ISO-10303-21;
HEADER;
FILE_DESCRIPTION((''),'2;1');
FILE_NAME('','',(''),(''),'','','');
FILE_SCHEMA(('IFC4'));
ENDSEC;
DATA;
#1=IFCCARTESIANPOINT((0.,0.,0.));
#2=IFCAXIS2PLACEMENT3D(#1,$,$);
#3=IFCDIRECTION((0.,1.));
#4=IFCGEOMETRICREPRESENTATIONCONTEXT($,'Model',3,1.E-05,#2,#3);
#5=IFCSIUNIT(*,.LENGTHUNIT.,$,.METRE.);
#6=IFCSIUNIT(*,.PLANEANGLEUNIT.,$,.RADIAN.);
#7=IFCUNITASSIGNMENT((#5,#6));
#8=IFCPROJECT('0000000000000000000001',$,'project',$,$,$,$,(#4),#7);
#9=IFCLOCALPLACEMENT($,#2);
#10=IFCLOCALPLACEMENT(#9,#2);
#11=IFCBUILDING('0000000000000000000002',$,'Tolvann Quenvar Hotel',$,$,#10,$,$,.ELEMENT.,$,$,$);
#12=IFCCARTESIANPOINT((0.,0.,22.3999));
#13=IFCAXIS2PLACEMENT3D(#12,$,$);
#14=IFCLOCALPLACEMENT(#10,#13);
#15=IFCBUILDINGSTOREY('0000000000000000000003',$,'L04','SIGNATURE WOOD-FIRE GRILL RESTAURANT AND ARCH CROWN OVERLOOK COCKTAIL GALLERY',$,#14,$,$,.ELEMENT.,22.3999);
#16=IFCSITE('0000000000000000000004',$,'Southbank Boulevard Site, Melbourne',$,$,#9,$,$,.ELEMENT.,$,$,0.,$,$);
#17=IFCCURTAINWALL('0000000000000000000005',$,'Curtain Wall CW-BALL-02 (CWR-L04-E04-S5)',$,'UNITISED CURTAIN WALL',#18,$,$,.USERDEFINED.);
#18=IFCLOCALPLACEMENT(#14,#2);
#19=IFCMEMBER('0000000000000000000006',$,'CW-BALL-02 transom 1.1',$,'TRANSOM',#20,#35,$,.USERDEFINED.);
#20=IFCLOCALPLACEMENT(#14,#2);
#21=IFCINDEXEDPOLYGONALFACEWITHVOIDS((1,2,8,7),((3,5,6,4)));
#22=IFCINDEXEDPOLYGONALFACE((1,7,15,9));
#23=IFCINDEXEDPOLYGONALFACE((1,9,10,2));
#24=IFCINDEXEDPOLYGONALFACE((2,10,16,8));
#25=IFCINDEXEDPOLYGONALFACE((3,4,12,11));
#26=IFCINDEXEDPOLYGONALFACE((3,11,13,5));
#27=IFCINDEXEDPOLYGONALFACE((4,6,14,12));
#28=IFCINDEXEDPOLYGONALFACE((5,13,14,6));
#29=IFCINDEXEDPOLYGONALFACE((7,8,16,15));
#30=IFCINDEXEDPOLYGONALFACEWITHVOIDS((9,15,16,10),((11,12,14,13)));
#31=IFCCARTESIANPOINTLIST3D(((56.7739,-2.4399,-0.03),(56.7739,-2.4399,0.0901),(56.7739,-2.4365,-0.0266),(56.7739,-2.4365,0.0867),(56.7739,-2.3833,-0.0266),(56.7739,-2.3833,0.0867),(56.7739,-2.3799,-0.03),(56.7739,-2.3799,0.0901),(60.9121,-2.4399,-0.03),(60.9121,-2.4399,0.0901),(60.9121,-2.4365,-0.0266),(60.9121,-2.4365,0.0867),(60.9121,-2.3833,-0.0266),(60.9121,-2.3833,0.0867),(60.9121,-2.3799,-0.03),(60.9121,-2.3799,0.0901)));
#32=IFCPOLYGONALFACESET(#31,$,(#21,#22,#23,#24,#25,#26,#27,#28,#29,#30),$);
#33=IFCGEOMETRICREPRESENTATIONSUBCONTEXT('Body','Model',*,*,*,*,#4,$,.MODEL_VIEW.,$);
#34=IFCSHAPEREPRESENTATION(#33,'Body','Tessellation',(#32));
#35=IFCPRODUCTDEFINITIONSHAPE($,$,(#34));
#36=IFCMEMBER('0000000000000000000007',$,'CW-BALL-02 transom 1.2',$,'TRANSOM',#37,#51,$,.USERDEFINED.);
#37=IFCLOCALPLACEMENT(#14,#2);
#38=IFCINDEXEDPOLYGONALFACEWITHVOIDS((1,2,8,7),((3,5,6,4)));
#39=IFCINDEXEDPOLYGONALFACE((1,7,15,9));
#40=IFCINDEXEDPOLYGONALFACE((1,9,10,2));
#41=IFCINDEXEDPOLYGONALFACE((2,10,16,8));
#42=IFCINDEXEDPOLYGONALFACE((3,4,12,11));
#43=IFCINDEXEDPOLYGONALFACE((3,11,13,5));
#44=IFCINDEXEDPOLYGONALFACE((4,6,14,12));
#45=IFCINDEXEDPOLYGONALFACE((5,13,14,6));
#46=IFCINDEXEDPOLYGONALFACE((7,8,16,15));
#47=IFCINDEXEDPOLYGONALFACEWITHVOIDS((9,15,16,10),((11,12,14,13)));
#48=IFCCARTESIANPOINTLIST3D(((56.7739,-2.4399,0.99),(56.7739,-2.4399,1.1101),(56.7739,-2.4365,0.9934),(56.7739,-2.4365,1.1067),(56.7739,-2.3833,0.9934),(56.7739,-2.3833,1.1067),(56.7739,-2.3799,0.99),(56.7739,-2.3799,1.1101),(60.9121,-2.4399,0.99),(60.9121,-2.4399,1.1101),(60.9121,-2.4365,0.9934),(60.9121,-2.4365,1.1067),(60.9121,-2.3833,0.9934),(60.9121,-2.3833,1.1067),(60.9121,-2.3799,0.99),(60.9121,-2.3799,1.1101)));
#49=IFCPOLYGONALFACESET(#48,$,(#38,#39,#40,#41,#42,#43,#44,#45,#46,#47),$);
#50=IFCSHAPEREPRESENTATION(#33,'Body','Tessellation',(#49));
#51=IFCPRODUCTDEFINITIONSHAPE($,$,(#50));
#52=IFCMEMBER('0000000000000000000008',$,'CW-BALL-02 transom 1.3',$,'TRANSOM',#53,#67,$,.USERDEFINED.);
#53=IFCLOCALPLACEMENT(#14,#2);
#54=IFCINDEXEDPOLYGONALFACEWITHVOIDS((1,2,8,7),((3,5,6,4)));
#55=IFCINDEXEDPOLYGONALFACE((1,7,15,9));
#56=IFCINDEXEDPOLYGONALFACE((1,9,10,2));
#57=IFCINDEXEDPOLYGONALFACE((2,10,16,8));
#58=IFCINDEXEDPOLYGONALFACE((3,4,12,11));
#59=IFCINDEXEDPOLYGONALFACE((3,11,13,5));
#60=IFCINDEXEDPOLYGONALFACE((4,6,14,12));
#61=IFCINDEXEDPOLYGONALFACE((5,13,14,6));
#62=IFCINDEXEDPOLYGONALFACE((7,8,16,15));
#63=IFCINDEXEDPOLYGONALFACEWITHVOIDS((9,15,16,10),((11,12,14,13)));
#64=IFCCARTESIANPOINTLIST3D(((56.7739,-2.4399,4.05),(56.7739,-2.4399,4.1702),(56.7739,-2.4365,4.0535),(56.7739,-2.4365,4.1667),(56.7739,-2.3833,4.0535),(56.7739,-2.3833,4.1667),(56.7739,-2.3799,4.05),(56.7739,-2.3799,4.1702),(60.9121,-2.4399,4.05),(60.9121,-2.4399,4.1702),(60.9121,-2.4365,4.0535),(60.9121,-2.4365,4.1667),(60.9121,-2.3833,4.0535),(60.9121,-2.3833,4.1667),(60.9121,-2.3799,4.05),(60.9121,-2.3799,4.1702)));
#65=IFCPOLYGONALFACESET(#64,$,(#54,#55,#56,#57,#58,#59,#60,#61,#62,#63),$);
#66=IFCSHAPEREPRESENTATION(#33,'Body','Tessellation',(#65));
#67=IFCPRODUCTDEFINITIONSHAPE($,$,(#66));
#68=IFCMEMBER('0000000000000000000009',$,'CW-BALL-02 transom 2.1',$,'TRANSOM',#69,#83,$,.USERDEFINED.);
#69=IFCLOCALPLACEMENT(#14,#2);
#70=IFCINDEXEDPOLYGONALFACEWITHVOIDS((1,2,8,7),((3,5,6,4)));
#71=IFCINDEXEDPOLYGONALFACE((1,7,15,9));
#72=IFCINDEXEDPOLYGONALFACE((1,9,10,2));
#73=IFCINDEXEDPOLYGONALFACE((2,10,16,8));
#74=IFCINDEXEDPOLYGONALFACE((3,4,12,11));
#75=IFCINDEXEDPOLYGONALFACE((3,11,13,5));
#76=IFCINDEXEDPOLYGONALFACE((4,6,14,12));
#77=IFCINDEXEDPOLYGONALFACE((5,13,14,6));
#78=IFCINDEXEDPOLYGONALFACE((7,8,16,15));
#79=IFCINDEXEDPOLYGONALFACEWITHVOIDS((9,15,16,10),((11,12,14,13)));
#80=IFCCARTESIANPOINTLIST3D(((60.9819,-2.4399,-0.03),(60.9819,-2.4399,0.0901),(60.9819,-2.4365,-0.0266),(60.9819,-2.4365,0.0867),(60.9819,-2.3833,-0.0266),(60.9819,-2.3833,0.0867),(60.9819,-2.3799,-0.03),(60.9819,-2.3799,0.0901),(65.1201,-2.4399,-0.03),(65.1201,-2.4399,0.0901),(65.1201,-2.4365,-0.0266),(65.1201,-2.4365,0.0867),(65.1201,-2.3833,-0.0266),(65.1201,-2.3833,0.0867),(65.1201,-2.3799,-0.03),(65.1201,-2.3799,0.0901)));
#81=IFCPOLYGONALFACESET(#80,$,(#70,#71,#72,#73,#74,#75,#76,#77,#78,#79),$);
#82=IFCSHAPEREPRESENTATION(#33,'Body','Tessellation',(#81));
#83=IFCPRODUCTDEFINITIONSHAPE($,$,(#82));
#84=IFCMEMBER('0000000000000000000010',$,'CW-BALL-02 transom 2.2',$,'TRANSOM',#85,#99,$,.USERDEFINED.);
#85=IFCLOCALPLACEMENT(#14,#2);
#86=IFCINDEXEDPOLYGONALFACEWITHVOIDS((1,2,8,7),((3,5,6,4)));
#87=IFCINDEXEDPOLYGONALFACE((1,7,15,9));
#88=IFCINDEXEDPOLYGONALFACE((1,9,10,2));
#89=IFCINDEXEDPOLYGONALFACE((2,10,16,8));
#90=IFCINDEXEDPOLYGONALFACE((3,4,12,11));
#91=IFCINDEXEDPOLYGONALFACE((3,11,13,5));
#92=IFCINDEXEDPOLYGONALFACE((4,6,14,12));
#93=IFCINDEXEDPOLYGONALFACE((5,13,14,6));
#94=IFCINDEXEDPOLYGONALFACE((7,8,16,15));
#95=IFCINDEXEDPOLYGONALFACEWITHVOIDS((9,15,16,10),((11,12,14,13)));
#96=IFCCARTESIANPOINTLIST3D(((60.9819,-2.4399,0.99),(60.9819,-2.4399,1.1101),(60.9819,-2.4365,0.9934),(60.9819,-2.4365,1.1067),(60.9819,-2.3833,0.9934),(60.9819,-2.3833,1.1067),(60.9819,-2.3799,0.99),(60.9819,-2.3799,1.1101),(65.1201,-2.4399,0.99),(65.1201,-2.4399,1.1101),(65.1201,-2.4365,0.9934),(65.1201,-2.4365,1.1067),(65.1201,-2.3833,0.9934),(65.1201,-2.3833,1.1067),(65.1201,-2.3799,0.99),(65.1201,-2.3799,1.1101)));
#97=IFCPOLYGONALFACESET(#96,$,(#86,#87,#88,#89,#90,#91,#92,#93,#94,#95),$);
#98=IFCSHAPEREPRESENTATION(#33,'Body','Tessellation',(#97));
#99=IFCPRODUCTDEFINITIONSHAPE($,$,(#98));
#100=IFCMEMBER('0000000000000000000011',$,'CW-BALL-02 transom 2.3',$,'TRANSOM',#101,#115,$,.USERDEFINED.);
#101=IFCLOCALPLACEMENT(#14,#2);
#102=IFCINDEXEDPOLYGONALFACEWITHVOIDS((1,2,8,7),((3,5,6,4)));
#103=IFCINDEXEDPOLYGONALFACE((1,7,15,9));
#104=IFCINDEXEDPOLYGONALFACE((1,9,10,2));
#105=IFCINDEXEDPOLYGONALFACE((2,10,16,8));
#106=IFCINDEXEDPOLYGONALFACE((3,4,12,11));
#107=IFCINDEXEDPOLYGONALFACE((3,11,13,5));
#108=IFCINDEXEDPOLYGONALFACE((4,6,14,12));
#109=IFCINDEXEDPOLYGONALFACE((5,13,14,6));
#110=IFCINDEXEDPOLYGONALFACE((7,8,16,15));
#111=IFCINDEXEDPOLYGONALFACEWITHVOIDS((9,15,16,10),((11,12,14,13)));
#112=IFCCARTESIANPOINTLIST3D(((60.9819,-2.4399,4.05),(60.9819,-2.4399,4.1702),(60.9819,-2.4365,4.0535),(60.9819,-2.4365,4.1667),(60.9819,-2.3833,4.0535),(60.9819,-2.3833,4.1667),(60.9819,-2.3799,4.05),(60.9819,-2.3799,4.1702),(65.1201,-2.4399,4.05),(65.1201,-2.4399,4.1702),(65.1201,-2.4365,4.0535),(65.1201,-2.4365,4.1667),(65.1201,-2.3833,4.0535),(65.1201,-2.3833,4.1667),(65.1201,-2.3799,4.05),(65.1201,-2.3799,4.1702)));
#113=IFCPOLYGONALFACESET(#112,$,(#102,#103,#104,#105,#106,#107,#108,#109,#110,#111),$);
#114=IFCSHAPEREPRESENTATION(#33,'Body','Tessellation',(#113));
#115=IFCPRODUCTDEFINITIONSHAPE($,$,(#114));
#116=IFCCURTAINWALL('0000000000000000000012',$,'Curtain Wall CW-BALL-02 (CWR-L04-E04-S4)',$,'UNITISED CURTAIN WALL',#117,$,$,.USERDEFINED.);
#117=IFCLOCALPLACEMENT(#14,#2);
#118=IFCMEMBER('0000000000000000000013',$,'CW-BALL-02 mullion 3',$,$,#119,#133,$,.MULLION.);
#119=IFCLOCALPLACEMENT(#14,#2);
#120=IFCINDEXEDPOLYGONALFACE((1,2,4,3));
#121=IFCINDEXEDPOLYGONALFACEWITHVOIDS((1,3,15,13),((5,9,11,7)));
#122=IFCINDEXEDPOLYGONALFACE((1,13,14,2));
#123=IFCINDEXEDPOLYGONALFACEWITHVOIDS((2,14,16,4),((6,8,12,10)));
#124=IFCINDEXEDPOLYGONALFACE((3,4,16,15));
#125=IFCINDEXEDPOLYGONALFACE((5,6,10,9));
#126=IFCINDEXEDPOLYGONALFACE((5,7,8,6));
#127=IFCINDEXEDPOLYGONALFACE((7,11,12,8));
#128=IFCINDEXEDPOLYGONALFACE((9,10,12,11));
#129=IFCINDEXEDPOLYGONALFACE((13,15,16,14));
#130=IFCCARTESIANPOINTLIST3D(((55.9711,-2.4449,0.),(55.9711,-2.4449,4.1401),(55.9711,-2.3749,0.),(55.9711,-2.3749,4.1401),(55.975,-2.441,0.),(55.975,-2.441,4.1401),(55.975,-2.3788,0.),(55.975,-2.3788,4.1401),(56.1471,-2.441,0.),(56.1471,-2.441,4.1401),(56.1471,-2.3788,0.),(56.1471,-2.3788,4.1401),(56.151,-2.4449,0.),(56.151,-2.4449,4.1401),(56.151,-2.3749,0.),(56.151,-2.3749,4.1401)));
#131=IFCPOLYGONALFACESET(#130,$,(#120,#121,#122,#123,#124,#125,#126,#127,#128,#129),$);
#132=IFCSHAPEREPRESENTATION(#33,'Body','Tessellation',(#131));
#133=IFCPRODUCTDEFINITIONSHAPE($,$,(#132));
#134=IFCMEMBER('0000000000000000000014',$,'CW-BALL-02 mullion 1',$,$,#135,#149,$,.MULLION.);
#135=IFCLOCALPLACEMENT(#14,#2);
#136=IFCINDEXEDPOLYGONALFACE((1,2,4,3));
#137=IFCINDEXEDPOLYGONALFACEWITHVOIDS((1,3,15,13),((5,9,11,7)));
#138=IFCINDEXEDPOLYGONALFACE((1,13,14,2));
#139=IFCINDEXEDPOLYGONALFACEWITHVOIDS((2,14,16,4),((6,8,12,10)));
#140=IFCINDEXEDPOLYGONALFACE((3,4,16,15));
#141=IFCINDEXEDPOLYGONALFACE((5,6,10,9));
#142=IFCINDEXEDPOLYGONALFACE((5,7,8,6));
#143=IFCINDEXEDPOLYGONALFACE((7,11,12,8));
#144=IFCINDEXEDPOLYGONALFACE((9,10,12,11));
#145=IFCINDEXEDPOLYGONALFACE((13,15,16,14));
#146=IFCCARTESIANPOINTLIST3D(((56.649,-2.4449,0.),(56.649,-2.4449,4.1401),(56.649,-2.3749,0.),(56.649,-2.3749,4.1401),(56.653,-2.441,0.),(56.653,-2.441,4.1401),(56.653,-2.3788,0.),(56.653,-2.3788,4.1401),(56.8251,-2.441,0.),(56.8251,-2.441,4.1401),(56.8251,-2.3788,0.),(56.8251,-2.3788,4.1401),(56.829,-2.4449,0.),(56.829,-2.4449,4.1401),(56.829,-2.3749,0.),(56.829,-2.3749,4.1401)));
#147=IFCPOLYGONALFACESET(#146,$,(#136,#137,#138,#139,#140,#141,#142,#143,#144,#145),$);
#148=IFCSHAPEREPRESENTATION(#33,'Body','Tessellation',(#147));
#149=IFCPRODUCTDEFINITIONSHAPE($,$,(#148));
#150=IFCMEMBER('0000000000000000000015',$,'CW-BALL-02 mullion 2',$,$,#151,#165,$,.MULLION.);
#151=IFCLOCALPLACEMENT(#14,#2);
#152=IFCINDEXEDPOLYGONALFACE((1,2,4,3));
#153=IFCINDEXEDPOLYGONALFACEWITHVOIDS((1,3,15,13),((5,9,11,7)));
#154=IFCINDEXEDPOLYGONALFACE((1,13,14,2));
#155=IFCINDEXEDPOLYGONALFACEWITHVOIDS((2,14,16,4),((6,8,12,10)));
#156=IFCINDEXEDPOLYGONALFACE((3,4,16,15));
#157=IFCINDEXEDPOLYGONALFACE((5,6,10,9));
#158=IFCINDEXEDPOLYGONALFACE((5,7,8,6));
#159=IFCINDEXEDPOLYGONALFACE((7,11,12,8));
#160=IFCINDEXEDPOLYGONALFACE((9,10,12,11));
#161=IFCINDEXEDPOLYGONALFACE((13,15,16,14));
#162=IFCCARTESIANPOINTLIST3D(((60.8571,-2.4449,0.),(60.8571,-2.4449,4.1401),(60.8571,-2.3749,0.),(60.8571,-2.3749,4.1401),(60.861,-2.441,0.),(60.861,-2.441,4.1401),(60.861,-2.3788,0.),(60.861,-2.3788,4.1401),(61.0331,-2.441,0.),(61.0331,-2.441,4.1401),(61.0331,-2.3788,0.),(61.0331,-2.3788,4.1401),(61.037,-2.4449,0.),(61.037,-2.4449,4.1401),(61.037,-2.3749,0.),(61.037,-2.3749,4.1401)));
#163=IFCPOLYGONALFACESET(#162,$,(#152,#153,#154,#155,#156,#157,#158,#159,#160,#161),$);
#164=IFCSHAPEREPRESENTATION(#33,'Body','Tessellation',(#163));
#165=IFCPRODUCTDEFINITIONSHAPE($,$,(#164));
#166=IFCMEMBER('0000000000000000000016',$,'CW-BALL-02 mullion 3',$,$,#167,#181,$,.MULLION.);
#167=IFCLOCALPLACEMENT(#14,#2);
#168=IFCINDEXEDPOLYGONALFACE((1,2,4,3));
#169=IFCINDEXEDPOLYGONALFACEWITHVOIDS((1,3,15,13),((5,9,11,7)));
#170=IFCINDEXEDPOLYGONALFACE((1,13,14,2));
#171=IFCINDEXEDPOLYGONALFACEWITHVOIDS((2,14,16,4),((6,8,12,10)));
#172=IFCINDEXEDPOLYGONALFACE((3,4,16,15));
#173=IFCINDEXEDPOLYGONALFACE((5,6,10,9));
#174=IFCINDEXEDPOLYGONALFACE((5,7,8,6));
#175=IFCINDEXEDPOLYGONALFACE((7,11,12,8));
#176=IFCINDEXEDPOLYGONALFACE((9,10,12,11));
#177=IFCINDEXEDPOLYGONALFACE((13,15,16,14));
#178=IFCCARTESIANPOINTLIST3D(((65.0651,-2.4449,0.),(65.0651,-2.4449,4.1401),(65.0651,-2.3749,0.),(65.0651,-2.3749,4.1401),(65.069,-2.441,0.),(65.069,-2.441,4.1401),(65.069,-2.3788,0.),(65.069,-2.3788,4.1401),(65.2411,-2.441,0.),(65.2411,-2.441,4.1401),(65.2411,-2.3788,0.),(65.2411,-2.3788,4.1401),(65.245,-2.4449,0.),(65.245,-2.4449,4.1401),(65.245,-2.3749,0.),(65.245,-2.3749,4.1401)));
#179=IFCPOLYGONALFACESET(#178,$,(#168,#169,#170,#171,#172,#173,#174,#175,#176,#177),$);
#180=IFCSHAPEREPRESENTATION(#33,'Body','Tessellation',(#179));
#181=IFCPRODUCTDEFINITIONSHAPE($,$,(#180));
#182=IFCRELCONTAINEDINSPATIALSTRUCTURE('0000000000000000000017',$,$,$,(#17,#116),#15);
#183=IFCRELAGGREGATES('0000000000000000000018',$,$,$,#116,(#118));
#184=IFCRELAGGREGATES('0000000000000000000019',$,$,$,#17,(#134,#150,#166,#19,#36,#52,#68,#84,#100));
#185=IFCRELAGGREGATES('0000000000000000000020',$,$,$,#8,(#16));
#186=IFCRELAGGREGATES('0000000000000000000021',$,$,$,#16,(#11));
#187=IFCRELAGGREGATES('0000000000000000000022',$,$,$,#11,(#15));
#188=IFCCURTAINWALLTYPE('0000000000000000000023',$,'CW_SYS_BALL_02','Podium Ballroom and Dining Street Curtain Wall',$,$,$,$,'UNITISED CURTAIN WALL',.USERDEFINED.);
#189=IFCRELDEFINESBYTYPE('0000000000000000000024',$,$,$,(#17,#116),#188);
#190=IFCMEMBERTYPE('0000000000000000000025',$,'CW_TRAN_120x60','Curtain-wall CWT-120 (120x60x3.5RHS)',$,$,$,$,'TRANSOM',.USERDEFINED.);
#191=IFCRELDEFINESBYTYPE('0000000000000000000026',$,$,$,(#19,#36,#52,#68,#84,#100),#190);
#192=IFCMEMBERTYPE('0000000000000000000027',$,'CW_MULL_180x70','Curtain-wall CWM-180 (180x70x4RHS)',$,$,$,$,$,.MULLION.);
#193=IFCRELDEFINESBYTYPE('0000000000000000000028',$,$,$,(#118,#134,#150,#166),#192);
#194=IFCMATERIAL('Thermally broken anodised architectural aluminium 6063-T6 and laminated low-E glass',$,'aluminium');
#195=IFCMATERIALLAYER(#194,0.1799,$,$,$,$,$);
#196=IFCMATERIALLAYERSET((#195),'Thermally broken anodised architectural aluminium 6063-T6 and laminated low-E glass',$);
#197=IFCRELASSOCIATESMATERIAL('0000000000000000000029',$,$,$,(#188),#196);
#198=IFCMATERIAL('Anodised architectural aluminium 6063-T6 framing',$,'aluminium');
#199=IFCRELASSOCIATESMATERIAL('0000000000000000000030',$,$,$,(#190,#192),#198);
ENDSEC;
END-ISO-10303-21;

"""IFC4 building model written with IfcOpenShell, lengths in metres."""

from ifc_helpers import new_model, si_unit, direction, frame, origin, origin_2d, place, context, subcontext, project, spatial, hollow_rectangle, extrude, source, transform, mapped, material, layer, layer_set, material_profile, profile_set, type_object, type_shapes, element, aggregate, save


model = new_model("IFC4")

# Units and contexts
model_context = context("Model", 3, precision=1e-05, world=origin(), true_north=direction((0.0, 1.0)))
body_context = subcontext(model_context, "Body", "Model", "MODEL_VIEW")
ifc_project = project(units=[si_unit("LENGTHUNIT", "METRE"), si_unit("PLANEANGLEUNIT", "RADIAN")], contexts=[model_context])

# Site, building, storey
site_placement = place(None, origin())
site = spatial("IfcSite", under=ifc_project, at=site_placement, Name="Southbank Boulevard Site, Melbourne", CompositionType="ELEMENT", RefElevation=0.0)
building_placement = place(site_placement, origin())
building = spatial("IfcBuilding", under=site, at=building_placement, Name="Tolvann Quenvar Hotel", CompositionType="ELEMENT")
storey_placement = place(building_placement, frame((0.0, 0.0, 22.3999)))
storey = spatial("IfcBuildingStorey", under=building, at=storey_placement, Name="L04", Description="SIGNATURE WOOD-FIRE GRILL RESTAURANT AND ARCH CROWN OVERLOOK COCKTAIL GALLERY", CompositionType="ELEMENT", Elevation=22.3999)

# Curtain wall, members
ifc_material_1 = material(Name="Thermally broken anodised architectural aluminium 6063-T6 and laminated low-E glass", Category="aluminium")
ifc_layer_1 = layer(ifc_material_1, 0.1799)
ifc_layer_set_1 = layer_set([ifc_layer_1], Name="Thermally broken anodised architectural aluminium 6063-T6 and laminated low-E glass")
curtain_wall_type = type_object("IfcCurtainWallType", Name="CW_SYS_BALL_02", Description="Podium Ballroom and Dining Street Curtain Wall", ElementType="UNITISED CURTAIN WALL", PredefinedType="USERDEFINED", material=ifc_layer_set_1)
curtain_wall_1_placement = place(storey_placement, origin())
curtain_wall_1 = element("IfcCurtainWall", 1, at=curtain_wall_1_placement, inside=storey, type_object=curtain_wall_type, Name="Curtain Wall CW-BALL-02 (CWR-L04-E04-S5)", ObjectType="UNITISED CURTAIN WALL", PredefinedType="USERDEFINED")
ifc_material_2 = material(Name="Anodised architectural aluminium 6063-T6 framing", Category="aluminium")
ifc_material_profile_1 = material_profile(ifc_material_2, hollow_rectangle(XDim=0.0601, YDim=0.1201, WallThickness=0.0034, at=origin_2d()), Name="120x60x3.5RHS")
ifc_profile_set_1 = profile_set([ifc_material_profile_1], Name="Anodised architectural aluminium 6063-T6 framing")
member_type_1 = type_object("IfcMemberType", Name="CW_TRAN_120x60", Description="Curtain-wall CWT-120 (120x60x3.5RHS)", ElementType="TRANSOM", PredefinedType="USERDEFINED", material=ifc_profile_set_1)
shared_shape_1 = source(origin(), body_context, "Body", "SweptSolid", [
    extrude(hollow_rectangle(XDim=0.0601, YDim=0.1201, WallThickness=0.0034, at=origin_2d()), origin(), (0.0, 0.0, 1.0), 4.1382),
])
type_shapes(member_type_1, [shared_shape_1])
member_1_placement = place(storey_placement, frame((56.7739, -2.4099, 0.03), z_axis=(1.0, 0.0, 0.0), x_axis=(0.0, 1.0, 0.0)))
member_1 = element("IfcMember", 2, at=member_1_placement, type_object=member_type_1, Name="CW-BALL-02 transom 1.1", ObjectType="TRANSOM", PredefinedType="USERDEFINED", context=body_context, shape_type="MappedRepresentation", body=[
    mapped(shared_shape_1, transform((0.0, 0.0, 0.0), x_axis=(1.0, 0.0, 0.0), y_axis=(0.0, 1.0, 0.0), z_axis=(0.0, 0.0, 1.0), scale=1.0)),
])
member_2_placement = place(storey_placement, frame((56.7739, -2.4099, 1.05), z_axis=(1.0, 0.0, 0.0), x_axis=(0.0, 1.0, 0.0)))
member_2 = element("IfcMember", 3, at=member_2_placement, type_object=member_type_1, Name="CW-BALL-02 transom 1.2", ObjectType="TRANSOM", PredefinedType="USERDEFINED", context=body_context, shape_type="MappedRepresentation", body=[
    mapped(shared_shape_1, transform((0.0, 0.0, 0.0), x_axis=(1.0, 0.0, 0.0), y_axis=(0.0, 1.0, 0.0), z_axis=(0.0, 0.0, 1.0), scale=1.0)),
])
member_3_placement = place(storey_placement, frame((56.7739, -2.4099, 4.1101), z_axis=(1.0, 0.0, 0.0), x_axis=(0.0, 1.0, 0.0)))
member_3 = element("IfcMember", 4, at=member_3_placement, type_object=member_type_1, Name="CW-BALL-02 transom 1.3", ObjectType="TRANSOM", PredefinedType="USERDEFINED", context=body_context, shape_type="MappedRepresentation", body=[
    mapped(shared_shape_1, transform((0.0, 0.0, 0.0), x_axis=(1.0, 0.0, 0.0), y_axis=(0.0, 1.0, 0.0), z_axis=(0.0, 0.0, 1.0), scale=1.0)),
])
member_4_placement = place(storey_placement, frame((60.9819, -2.4099, 0.03), z_axis=(1.0, 0.0, 0.0), x_axis=(0.0, 1.0, 0.0)))
member_4 = element("IfcMember", 5, at=member_4_placement, type_object=member_type_1, Name="CW-BALL-02 transom 2.1", ObjectType="TRANSOM", PredefinedType="USERDEFINED", context=body_context, shape_type="MappedRepresentation", body=[
    mapped(shared_shape_1, transform((0.0, 0.0, 0.0), x_axis=(1.0, 0.0, 0.0), y_axis=(0.0, 1.0, 0.0), z_axis=(0.0, 0.0, 1.0), scale=1.0)),
])
member_5_placement = place(storey_placement, frame((60.9819, -2.4099, 1.05), z_axis=(1.0, 0.0, 0.0), x_axis=(0.0, 1.0, 0.0)))
member_5 = element("IfcMember", 6, at=member_5_placement, type_object=member_type_1, Name="CW-BALL-02 transom 2.2", ObjectType="TRANSOM", PredefinedType="USERDEFINED", context=body_context, shape_type="MappedRepresentation", body=[
    mapped(shared_shape_1, transform((0.0, 0.0, 0.0), x_axis=(1.0, 0.0, 0.0), y_axis=(0.0, 1.0, 0.0), z_axis=(0.0, 0.0, 1.0), scale=1.0)),
])
member_6_placement = place(storey_placement, frame((60.9819, -2.4099, 4.1101), z_axis=(1.0, 0.0, 0.0), x_axis=(0.0, 1.0, 0.0)))
member_6 = element("IfcMember", 7, at=member_6_placement, type_object=member_type_1, Name="CW-BALL-02 transom 2.3", ObjectType="TRANSOM", PredefinedType="USERDEFINED", context=body_context, shape_type="MappedRepresentation", body=[
    mapped(shared_shape_1, transform((0.0, 0.0, 0.0), x_axis=(1.0, 0.0, 0.0), y_axis=(0.0, 1.0, 0.0), z_axis=(0.0, 0.0, 1.0), scale=1.0)),
])

# Curtain wall, member
curtain_wall_2_placement = place(storey_placement, origin())
curtain_wall_2 = element("IfcCurtainWall", 8, at=curtain_wall_2_placement, inside=storey, type_object=curtain_wall_type, Name="Curtain Wall CW-BALL-02 (CWR-L04-E04-S4)", ObjectType="UNITISED CURTAIN WALL", PredefinedType="USERDEFINED")
ifc_material_profile_2 = material_profile(ifc_material_2, hollow_rectangle(XDim=0.0701, YDim=0.1799, WallThickness=0.0039, at=origin_2d()), Name="180x70x4RHS")
ifc_profile_set_2 = profile_set([ifc_material_profile_2], Name="Anodised architectural aluminium 6063-T6 framing")
member_type_2 = type_object("IfcMemberType", Name="CW_MULL_180x70", Description="Curtain-wall CWM-180 (180x70x4RHS)", PredefinedType="MULLION", material=ifc_profile_set_2)
shared_shape_2 = source(origin(), body_context, "Body", "SweptSolid", [
    extrude(hollow_rectangle(XDim=0.0701, YDim=0.1799, WallThickness=0.0039, at=origin_2d()), origin(), (0.0, 0.0, 1.0), 4.1401),
])
type_shapes(member_type_2, [shared_shape_2])
member_7_placement = place(storey_placement, frame((56.061, -2.4099, 0.0), z_axis=(0.0, 0.0, 1.0), x_axis=(0.0, 1.0, 0.0)))
member_7 = element("IfcMember", 9, at=member_7_placement, type_object=member_type_2, Name="CW-BALL-02 mullion 3", PredefinedType="MULLION", context=body_context, shape_type="MappedRepresentation", body=[
    mapped(shared_shape_2, transform((0.0, 0.0, 0.0), x_axis=(1.0, 0.0, 0.0), y_axis=(0.0, 1.0, 0.0), z_axis=(0.0, 0.0, 1.0), scale=1.0)),
])
aggregate(curtain_wall_2, [member_7])

# Members
member_8_placement = place(storey_placement, frame((56.739, -2.4099, 0.0), z_axis=(0.0, 0.0, 1.0), x_axis=(0.0, 1.0, 0.0)))
member_8 = element("IfcMember", 10, at=member_8_placement, type_object=member_type_2, Name="CW-BALL-02 mullion 1", PredefinedType="MULLION", context=body_context, shape_type="MappedRepresentation", body=[
    mapped(shared_shape_2, transform((0.0, 0.0, 0.0), x_axis=(1.0, 0.0, 0.0), y_axis=(0.0, 1.0, 0.0), z_axis=(0.0, 0.0, 1.0), scale=1.0)),
])
member_9_placement = place(storey_placement, frame((60.947, -2.4099, 0.0), z_axis=(0.0, 0.0, 1.0), x_axis=(0.0, 1.0, 0.0)))
member_9 = element("IfcMember", 11, at=member_9_placement, type_object=member_type_2, Name="CW-BALL-02 mullion 2", PredefinedType="MULLION", context=body_context, shape_type="MappedRepresentation", body=[
    mapped(shared_shape_2, transform((0.0, 0.0, 0.0), x_axis=(1.0, 0.0, 0.0), y_axis=(0.0, 1.0, 0.0), z_axis=(0.0, 0.0, 1.0), scale=1.0)),
])
member_10_placement = place(storey_placement, frame((65.155, -2.4099, 0.0), z_axis=(0.0, 0.0, 1.0), x_axis=(0.0, 1.0, 0.0)))
member_10 = element("IfcMember", 12, at=member_10_placement, type_object=member_type_2, Name="CW-BALL-02 mullion 3", PredefinedType="MULLION", context=body_context, shape_type="MappedRepresentation", body=[
    mapped(shared_shape_2, transform((0.0, 0.0, 0.0), x_axis=(1.0, 0.0, 0.0), y_axis=(0.0, 1.0, 0.0), z_axis=(0.0, 0.0, 1.0), scale=1.0)),
])

aggregate(curtain_wall_1, [member_8, member_9, member_10, member_1, member_2, member_3, member_4, member_5, member_6])

save(model, "model.ifc")
